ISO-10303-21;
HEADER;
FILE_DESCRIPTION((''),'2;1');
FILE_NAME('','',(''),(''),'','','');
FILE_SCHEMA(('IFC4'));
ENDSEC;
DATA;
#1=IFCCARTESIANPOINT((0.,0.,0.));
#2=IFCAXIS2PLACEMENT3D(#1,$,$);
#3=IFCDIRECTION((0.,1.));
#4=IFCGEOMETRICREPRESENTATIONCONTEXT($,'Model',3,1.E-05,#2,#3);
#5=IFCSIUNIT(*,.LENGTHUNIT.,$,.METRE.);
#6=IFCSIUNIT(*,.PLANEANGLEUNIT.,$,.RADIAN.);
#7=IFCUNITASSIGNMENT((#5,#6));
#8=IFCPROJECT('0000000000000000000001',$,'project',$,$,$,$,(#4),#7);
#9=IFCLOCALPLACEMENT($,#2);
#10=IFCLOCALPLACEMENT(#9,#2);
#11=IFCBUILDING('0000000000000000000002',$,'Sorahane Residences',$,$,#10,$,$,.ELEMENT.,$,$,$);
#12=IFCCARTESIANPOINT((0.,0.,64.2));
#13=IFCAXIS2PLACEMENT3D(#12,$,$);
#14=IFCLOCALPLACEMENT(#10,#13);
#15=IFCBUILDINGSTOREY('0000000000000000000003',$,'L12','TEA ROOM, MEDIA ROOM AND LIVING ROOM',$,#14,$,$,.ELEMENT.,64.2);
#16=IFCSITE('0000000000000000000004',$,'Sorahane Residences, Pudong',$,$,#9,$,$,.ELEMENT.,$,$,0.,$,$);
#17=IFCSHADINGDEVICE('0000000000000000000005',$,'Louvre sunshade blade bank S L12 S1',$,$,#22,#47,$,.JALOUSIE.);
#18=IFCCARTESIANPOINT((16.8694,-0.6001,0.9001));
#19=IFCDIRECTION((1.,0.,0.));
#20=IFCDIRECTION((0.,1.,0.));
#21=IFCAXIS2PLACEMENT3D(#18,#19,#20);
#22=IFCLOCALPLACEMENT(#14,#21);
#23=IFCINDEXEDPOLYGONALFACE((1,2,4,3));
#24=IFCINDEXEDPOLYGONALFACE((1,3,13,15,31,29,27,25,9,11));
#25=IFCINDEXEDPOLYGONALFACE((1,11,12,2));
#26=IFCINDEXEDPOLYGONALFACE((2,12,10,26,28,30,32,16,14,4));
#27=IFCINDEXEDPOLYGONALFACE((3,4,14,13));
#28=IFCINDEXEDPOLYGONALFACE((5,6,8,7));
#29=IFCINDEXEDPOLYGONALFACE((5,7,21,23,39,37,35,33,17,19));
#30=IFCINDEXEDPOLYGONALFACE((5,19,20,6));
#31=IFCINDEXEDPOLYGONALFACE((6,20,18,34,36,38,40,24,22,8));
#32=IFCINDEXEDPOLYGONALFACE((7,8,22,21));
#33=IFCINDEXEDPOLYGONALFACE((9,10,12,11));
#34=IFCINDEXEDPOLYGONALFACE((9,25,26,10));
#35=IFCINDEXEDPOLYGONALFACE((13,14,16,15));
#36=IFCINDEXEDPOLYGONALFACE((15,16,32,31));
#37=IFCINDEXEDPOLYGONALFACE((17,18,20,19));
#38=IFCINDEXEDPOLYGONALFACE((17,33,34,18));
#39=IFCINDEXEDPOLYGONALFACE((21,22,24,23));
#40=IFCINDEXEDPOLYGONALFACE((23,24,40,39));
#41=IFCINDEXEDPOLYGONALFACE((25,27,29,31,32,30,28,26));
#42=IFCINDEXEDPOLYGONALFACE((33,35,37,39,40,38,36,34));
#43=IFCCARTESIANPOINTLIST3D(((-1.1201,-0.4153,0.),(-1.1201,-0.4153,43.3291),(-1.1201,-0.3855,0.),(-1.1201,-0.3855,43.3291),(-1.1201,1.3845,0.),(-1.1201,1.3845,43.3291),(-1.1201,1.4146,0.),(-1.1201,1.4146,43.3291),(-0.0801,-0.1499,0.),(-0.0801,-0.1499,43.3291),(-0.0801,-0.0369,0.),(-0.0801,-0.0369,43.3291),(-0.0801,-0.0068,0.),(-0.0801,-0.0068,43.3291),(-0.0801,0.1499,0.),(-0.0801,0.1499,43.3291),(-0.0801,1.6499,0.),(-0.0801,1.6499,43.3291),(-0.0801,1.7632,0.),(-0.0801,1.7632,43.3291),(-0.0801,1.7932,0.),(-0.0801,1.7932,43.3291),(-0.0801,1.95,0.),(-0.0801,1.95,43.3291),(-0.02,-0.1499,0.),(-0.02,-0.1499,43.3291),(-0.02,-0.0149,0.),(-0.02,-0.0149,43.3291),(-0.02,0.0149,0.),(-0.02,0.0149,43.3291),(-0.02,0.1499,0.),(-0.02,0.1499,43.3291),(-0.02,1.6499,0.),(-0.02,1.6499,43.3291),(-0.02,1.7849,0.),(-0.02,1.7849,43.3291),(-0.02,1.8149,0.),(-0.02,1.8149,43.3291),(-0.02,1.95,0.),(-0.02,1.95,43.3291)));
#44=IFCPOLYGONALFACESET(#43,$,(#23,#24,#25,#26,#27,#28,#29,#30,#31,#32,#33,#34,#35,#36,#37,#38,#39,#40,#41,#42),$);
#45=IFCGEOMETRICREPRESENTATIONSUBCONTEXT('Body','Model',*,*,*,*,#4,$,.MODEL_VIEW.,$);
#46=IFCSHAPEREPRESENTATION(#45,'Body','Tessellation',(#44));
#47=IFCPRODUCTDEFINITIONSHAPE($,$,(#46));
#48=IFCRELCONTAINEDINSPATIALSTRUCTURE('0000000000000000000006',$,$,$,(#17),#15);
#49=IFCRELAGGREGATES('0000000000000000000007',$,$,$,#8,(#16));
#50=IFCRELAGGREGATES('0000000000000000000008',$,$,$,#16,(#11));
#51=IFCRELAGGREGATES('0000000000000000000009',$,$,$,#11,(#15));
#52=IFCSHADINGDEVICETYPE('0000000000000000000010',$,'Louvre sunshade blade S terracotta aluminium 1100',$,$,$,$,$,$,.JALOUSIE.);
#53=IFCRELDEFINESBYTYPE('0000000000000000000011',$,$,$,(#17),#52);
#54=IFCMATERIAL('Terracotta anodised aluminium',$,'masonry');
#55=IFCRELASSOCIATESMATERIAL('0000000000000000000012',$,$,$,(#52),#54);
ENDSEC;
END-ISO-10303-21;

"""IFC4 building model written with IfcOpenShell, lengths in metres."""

from ifc_helpers import new_model, si_unit, direction, frame, origin, place, context, subcontext, project, spatial, polyline, outline, composite_profile, extrude, material, type_object, element, save


model = new_model("IFC4")

# Units and contexts
model_context = context("Model", 3, precision=1e-05, world=origin(), true_north=direction((0.0, 1.0)))
body_context = subcontext(model_context, "Body", "Model", "MODEL_VIEW")
ifc_project = project(units=[si_unit("LENGTHUNIT", "METRE"), si_unit("PLANEANGLEUNIT", "RADIAN")], contexts=[model_context])

# Site, building, storey
site_placement = place(None, origin())
site = spatial("IfcSite", under=ifc_project, at=site_placement, Name="Sorahane Residences, Pudong", CompositionType="ELEMENT", RefElevation=0.0)
building_placement = place(site_placement, origin())
building = spatial("IfcBuilding", under=site, at=building_placement, Name="Sorahane Residences", CompositionType="ELEMENT")
storey_placement = place(building_placement, frame((0.0, 0.0, 64.2)))
storey = spatial("IfcBuildingStorey", under=building, at=storey_placement, Name="L12", Description="TEA ROOM, MEDIA ROOM AND LIVING ROOM", CompositionType="ELEMENT", Elevation=64.2)

# Shading device
ifc_material_1 = material(Name="Terracotta anodised aluminium", Category="masonry")
shading_device_type = type_object("IfcShadingDeviceType", Name="Louvre sunshade blade S terracotta aluminium 1100", PredefinedType="JALOUSIE", material=ifc_material_1)
shading_device_placement = place(storey_placement, frame((16.8694, -0.6001, 0.9001), z_axis=(1.0, 0.0, 0.0), x_axis=(0.0, 1.0, 0.0)))
element("IfcShadingDevice", 1, at=shading_device_placement, inside=storey, type_object=shading_device_type, Name="Louvre sunshade blade bank S L12 S1", PredefinedType="JALOUSIE", context=body_context, shape_type="SweptSolid", body=[
    extrude(composite_profile([outline(polyline([(-1.1201, -0.3855), (-1.1201, -0.4153), (-0.0801, -0.0369), (-0.0801, -0.1499), (-0.02, -0.1499), (-0.02, -0.0149), (-0.02, 0.0149), (-0.02, 0.1499), (-0.0801, 0.1499), (-0.0801, -0.0068), (-1.1201, -0.3855)])), outline(polyline([(-1.1201, 1.4146), (-1.1201, 1.3845), (-0.0801, 1.7632), (-0.0801, 1.6499), (-0.02, 1.6499), (-0.02, 1.7849), (-0.02, 1.8149), (-0.02, 1.95), (-0.0801, 1.95), (-0.0801, 1.7932), (-1.1201, 1.4146)]))]), origin(), (0.0, 0.0, 1.0), 43.3291),
])

save(model, "model.ifc")
